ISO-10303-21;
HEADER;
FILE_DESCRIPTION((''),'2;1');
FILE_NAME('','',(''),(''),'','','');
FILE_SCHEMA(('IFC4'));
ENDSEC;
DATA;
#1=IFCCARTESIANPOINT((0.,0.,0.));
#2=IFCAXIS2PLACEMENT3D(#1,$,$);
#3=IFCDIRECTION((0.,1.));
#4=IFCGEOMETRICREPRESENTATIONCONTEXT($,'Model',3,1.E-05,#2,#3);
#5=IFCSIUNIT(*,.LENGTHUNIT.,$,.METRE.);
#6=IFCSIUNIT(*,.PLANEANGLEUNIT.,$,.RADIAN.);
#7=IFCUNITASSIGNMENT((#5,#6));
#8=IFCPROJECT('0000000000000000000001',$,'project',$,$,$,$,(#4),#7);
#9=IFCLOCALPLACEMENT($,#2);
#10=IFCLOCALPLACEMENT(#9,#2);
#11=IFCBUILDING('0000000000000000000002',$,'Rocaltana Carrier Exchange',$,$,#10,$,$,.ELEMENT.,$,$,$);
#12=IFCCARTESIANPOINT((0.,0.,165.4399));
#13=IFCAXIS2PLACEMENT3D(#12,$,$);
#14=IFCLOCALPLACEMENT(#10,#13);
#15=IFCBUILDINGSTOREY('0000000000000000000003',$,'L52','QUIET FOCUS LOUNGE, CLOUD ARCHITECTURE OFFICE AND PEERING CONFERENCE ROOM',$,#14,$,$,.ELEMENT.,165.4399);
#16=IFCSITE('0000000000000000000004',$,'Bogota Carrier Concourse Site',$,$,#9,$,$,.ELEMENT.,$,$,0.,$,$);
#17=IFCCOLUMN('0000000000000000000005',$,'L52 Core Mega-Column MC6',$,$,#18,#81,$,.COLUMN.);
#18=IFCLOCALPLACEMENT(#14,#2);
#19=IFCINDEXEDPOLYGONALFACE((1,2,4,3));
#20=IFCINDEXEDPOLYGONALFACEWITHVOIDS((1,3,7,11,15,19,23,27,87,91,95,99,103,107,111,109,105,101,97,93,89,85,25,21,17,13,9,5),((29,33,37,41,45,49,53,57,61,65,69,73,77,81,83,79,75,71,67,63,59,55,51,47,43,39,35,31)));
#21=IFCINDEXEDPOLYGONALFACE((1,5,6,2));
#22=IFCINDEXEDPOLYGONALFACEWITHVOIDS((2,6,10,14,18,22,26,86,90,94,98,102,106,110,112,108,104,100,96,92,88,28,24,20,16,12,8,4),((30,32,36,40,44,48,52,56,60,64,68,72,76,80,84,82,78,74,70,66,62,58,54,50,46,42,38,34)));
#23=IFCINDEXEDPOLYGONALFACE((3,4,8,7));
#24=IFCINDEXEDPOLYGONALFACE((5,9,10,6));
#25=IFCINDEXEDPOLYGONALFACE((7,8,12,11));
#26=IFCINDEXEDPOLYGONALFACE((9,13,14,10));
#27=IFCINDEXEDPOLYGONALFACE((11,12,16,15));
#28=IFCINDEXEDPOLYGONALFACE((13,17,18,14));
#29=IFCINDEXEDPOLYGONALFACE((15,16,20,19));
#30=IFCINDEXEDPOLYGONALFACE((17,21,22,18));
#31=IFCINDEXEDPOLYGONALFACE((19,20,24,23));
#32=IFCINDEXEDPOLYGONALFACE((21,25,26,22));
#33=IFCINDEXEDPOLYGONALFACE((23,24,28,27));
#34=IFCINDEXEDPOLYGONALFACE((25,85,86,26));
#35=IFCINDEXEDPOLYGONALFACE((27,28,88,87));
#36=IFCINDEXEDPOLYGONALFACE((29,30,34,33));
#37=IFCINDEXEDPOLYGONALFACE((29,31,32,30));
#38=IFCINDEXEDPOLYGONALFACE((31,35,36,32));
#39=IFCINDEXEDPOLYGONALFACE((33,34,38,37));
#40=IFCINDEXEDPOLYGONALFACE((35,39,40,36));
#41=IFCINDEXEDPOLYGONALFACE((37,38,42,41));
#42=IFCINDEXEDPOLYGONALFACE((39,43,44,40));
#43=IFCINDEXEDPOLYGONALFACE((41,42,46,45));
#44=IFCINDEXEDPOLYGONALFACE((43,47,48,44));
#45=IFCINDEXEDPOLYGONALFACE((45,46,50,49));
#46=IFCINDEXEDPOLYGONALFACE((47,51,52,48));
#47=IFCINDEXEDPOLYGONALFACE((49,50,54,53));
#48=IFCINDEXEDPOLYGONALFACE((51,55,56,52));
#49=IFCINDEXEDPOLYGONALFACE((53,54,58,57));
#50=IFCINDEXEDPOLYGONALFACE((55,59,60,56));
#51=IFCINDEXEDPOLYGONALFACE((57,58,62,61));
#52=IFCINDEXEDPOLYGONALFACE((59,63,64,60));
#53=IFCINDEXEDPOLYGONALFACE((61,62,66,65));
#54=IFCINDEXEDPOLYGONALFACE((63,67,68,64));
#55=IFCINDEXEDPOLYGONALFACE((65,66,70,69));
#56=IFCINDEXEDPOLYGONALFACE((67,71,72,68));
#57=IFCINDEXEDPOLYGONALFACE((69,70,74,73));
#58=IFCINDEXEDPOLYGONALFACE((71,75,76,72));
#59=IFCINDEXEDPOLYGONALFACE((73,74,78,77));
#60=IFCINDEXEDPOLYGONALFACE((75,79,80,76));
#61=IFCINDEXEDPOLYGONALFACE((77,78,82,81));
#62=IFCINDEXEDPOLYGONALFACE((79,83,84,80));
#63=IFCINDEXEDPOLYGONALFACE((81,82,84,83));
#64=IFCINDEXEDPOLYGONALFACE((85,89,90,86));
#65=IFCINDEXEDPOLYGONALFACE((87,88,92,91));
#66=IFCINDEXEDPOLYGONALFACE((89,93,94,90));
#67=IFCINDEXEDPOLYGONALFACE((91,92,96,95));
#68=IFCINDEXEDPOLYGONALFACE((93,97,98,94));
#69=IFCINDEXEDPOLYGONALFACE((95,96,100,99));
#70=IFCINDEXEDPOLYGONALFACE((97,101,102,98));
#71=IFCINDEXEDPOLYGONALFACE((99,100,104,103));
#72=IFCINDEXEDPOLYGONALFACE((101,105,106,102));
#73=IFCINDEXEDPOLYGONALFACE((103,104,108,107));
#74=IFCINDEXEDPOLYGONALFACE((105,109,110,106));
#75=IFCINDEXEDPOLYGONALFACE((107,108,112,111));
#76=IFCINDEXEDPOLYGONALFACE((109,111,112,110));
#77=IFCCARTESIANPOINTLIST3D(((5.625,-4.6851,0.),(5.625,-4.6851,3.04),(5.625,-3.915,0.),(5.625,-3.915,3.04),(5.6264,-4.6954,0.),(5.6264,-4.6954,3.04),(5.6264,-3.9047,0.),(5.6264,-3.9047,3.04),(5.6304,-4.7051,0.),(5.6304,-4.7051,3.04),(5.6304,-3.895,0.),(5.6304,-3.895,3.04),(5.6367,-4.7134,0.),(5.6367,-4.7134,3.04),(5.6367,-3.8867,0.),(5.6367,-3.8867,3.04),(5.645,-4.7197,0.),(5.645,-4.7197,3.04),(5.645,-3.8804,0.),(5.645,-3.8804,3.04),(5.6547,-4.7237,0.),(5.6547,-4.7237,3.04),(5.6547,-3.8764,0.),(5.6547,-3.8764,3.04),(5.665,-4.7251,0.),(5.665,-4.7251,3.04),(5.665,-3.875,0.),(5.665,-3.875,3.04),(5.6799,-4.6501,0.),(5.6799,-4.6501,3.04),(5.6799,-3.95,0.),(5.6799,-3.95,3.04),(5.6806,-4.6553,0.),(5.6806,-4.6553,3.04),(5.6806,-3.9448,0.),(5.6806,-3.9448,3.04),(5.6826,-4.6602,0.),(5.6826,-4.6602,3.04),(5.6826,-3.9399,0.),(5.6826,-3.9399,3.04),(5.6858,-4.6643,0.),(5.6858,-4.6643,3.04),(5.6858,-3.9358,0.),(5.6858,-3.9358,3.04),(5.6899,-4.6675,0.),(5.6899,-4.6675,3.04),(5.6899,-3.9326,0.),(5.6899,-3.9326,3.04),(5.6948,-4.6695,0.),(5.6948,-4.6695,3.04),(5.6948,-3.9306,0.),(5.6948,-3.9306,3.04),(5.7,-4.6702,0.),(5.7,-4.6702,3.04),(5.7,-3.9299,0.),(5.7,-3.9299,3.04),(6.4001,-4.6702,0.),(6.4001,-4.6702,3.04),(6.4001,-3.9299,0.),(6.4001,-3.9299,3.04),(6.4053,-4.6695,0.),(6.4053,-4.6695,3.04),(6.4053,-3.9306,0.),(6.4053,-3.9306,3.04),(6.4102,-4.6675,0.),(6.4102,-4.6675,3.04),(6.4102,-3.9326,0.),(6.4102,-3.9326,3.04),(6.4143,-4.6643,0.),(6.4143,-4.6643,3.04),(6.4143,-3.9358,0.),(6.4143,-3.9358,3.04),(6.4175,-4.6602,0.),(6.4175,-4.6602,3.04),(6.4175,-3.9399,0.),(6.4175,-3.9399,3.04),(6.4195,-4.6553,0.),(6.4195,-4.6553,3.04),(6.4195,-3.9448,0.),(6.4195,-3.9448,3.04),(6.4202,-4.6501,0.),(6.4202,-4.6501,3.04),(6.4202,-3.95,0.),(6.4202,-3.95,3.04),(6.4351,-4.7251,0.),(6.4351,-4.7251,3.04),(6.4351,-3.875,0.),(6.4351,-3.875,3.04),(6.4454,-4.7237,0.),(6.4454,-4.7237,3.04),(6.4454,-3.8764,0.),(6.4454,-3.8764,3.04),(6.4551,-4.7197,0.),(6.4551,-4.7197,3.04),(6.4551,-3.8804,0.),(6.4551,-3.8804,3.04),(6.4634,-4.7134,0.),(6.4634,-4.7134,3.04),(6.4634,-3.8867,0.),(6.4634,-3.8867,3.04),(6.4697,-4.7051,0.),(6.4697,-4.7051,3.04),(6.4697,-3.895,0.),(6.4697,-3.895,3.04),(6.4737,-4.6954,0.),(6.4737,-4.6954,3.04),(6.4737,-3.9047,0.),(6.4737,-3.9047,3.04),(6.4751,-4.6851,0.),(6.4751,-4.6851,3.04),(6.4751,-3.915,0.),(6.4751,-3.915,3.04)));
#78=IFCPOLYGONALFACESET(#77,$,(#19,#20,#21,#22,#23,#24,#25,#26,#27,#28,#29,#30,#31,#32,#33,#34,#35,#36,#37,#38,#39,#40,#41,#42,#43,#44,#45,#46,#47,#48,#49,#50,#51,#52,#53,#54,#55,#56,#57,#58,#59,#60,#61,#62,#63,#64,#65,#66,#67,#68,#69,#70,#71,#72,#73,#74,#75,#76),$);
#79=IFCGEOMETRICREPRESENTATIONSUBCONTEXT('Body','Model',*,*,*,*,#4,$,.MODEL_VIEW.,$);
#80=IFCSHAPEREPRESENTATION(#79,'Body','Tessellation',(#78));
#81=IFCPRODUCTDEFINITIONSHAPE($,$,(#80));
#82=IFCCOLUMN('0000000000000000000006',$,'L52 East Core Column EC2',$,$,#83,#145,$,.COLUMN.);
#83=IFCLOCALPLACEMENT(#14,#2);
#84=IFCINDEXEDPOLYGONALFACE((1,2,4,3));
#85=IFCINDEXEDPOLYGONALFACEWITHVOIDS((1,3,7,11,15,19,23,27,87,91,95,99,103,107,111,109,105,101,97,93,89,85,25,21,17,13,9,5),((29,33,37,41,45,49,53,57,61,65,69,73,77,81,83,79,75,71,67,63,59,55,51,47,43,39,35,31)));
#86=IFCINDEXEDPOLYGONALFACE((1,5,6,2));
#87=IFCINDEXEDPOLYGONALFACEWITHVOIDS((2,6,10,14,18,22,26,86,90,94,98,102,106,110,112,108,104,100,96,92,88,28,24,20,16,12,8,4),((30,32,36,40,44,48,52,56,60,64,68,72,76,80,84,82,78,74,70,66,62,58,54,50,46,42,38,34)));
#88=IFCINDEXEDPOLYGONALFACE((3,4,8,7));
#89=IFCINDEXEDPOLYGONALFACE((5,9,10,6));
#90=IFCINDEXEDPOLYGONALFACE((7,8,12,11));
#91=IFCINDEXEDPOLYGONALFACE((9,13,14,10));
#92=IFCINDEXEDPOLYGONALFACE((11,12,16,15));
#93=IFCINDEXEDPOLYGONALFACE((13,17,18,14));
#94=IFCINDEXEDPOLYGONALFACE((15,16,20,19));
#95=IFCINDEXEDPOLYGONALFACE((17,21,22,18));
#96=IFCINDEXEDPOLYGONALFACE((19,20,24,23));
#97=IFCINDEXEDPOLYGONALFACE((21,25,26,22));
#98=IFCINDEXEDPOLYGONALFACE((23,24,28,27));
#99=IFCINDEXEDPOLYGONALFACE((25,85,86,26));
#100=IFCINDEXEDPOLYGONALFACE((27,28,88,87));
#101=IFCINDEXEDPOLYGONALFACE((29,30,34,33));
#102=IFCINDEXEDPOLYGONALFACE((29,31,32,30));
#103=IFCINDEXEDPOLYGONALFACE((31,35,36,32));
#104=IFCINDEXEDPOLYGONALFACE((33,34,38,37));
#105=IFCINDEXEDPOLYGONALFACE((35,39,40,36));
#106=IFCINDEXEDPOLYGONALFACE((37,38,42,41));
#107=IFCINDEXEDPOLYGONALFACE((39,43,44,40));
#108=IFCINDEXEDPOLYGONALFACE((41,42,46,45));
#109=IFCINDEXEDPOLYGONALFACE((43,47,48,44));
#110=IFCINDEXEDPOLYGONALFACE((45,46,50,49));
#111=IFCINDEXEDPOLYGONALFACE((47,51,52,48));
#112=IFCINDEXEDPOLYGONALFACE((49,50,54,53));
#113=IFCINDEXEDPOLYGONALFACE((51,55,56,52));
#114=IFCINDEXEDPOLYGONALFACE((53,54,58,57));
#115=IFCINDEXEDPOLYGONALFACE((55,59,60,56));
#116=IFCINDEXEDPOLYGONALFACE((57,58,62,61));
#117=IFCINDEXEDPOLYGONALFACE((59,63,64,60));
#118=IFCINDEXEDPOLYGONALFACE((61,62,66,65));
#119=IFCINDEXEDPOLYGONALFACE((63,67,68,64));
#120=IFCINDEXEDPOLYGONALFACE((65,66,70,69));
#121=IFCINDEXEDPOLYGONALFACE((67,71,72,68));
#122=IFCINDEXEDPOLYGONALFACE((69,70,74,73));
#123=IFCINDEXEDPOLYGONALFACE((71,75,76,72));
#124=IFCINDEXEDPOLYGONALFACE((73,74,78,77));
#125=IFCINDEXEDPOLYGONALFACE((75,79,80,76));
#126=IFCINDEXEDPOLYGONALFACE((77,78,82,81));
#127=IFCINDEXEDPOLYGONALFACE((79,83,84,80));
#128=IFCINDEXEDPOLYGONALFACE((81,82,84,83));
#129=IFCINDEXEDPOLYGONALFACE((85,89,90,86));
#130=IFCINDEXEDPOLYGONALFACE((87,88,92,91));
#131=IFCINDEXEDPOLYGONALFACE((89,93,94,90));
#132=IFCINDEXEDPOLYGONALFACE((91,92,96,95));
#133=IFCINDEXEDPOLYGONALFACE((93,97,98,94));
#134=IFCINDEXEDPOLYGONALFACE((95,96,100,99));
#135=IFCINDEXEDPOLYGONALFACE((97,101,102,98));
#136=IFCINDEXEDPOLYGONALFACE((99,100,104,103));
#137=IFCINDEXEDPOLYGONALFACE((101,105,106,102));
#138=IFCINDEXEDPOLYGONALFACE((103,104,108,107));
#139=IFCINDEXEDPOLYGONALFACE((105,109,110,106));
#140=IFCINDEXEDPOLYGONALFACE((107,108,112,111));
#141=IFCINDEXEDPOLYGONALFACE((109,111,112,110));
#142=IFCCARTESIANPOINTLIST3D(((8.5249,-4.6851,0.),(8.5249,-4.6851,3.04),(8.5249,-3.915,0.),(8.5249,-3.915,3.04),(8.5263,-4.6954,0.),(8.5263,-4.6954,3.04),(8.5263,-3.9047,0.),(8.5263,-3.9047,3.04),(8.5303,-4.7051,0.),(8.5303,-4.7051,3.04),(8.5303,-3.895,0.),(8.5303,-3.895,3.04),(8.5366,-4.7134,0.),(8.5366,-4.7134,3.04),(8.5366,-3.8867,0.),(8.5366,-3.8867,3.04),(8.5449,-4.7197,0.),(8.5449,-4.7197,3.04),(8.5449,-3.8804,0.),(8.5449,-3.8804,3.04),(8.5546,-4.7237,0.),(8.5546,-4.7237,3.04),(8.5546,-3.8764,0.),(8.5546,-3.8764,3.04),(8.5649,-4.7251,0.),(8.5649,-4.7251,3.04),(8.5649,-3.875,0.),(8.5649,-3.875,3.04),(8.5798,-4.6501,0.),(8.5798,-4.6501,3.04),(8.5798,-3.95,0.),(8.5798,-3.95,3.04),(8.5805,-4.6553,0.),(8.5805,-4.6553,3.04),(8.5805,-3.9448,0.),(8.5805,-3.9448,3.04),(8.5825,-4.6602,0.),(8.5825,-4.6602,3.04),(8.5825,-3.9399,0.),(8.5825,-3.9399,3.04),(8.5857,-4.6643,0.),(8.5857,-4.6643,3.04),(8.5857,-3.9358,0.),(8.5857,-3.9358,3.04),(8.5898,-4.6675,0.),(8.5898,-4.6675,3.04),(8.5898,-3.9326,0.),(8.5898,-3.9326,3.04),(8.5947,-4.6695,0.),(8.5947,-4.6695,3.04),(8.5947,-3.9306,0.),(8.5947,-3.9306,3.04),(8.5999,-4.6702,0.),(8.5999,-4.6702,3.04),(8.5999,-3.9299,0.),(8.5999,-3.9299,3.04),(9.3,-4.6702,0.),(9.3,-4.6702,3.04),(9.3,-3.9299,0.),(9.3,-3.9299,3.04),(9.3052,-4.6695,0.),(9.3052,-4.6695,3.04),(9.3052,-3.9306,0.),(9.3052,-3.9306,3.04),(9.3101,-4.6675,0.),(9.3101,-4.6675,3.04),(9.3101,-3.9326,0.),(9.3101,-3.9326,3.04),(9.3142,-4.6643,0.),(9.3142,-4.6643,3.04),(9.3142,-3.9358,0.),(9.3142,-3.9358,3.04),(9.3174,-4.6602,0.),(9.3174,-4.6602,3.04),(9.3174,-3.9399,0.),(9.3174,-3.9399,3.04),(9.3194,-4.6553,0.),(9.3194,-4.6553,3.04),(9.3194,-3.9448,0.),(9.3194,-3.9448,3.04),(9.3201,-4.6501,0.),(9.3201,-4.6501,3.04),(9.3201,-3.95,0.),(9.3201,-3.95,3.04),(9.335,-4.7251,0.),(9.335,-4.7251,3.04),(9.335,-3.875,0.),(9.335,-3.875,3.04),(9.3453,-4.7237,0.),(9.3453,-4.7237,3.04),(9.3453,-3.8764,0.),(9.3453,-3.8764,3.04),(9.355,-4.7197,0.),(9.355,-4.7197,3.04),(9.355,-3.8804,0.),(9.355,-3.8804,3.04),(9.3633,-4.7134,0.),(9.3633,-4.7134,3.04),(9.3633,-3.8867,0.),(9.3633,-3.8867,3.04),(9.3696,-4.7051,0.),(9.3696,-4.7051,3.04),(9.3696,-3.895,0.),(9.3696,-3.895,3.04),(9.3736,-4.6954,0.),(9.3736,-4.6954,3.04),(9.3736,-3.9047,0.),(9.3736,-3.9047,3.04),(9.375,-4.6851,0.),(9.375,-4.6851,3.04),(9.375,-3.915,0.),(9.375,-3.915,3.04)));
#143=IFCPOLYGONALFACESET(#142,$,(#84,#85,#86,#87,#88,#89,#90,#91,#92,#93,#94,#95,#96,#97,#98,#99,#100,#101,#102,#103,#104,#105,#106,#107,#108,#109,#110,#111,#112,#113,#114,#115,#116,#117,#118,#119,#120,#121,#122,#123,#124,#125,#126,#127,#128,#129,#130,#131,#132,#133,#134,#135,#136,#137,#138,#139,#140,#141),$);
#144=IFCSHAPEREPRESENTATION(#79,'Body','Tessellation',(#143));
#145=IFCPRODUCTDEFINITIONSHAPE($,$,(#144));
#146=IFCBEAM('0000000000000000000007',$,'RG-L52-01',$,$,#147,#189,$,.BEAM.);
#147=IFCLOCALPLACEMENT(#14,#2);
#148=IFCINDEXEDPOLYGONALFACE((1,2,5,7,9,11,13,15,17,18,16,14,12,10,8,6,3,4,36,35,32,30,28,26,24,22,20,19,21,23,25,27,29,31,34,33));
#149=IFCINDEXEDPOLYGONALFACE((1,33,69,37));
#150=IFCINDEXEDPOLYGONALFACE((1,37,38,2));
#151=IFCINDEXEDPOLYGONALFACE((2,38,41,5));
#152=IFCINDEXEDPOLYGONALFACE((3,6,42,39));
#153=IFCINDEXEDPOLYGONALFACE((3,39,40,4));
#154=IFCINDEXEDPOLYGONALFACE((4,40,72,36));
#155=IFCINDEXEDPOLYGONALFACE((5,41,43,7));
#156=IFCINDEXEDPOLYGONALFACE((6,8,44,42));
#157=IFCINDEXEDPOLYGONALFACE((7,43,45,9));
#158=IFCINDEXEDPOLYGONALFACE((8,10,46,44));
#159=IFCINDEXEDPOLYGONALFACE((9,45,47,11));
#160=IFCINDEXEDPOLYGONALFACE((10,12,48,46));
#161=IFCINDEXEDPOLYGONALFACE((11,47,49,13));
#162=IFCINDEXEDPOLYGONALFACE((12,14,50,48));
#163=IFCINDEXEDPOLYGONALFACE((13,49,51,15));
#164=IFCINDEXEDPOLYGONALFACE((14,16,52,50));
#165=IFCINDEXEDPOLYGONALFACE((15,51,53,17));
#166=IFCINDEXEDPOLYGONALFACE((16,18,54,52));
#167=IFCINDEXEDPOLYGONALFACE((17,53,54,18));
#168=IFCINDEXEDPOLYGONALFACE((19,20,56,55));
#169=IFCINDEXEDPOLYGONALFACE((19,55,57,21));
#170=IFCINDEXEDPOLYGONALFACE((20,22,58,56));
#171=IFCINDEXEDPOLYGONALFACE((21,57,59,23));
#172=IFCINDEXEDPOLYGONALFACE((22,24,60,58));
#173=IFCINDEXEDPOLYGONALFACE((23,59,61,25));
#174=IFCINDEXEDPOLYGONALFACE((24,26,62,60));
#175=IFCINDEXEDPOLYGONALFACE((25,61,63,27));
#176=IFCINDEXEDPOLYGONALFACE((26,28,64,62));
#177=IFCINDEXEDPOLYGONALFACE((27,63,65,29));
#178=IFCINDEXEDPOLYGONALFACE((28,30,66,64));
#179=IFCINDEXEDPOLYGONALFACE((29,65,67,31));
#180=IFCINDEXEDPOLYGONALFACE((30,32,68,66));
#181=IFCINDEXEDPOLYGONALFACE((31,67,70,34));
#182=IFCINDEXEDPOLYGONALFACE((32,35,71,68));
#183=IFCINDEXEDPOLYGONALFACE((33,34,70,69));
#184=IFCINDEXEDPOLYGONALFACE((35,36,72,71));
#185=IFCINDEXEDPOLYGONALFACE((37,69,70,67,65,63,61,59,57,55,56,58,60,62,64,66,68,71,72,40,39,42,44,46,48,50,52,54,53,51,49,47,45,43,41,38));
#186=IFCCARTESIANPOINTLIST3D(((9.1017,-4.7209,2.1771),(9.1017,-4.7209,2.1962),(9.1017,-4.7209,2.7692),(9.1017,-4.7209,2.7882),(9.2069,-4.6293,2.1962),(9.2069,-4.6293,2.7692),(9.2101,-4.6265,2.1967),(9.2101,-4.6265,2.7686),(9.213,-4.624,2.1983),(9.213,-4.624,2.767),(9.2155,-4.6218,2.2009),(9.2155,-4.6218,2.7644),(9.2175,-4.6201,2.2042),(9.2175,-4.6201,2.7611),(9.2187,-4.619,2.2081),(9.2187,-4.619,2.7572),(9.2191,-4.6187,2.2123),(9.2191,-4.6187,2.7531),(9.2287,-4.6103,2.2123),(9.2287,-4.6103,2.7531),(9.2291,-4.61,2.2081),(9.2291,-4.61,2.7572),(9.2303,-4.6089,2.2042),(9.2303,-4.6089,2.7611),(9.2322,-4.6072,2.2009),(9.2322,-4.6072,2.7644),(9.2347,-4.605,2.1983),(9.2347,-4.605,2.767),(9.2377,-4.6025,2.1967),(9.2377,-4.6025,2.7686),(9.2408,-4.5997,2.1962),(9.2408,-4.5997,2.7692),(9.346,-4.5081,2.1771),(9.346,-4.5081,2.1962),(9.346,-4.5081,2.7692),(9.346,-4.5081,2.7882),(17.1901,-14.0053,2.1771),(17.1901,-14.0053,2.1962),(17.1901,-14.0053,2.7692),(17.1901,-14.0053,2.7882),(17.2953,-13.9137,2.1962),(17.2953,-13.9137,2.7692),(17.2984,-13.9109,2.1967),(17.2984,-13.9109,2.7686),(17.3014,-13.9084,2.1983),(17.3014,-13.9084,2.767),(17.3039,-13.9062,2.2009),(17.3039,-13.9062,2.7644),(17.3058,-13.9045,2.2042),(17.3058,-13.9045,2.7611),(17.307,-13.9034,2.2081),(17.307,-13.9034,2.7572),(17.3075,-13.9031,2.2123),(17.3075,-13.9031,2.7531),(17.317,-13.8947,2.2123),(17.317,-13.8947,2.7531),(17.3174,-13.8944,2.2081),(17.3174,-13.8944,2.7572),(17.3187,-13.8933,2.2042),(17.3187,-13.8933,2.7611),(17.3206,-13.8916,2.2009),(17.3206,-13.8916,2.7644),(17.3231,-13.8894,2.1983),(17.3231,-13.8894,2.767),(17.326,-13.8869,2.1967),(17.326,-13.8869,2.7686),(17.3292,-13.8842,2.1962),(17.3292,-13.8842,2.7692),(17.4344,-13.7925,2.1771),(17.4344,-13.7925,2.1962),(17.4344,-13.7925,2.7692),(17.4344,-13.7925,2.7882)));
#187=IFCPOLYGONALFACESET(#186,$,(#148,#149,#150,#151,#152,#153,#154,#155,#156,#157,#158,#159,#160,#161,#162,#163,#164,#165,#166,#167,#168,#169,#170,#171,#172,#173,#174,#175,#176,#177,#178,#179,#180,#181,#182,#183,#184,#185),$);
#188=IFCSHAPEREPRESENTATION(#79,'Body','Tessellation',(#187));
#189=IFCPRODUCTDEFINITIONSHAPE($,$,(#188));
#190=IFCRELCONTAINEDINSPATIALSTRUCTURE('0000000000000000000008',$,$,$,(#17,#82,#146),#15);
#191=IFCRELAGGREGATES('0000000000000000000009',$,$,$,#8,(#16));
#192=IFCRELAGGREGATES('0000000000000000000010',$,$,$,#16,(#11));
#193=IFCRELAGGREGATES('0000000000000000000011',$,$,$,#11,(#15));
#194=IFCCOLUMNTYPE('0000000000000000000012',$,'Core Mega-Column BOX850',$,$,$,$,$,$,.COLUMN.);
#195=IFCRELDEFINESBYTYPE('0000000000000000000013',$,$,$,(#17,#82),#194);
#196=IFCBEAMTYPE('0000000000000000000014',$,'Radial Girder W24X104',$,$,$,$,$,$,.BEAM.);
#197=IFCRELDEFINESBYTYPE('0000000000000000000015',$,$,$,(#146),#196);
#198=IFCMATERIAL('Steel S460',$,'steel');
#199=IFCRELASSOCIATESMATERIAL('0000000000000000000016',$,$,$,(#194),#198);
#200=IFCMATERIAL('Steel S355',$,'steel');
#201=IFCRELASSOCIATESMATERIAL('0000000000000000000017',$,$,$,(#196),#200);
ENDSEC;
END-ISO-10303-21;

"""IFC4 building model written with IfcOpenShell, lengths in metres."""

from ifc_helpers import new_model, si_unit, direction, frame, origin, origin_2d, place, context, subcontext, project, spatial, hollow_rectangle, i_section, extrude, material, material_profile, profile_set, type_object, element, save


model = new_model("IFC4")

# Units and contexts
model_context = context("Model", 3, precision=1e-05, world=origin(), true_north=direction((0.0, 1.0)))
body_context = subcontext(model_context, "Body", "Model", "MODEL_VIEW")
ifc_project = project(units=[si_unit("LENGTHUNIT", "METRE"), si_unit("PLANEANGLEUNIT", "RADIAN")], contexts=[model_context])

# Site, building, storey
site_placement = place(None, origin())
site = spatial("IfcSite", under=ifc_project, at=site_placement, Name="Bogota Carrier Concourse Site", CompositionType="ELEMENT", RefElevation=0.0)
building_placement = place(site_placement, origin())
building = spatial("IfcBuilding", under=site, at=building_placement, Name="Rocaltana Carrier Exchange", CompositionType="ELEMENT")
storey_placement = place(building_placement, frame((0.0, 0.0, 165.4399)))
storey = spatial("IfcBuildingStorey", under=building, at=storey_placement, Name="L52", Description="QUIET FOCUS LOUNGE, CLOUD ARCHITECTURE OFFICE AND PEERING CONFERENCE ROOM", CompositionType="ELEMENT", Elevation=165.4399)

# Columns
ifc_material_1 = material(Name="Steel S460", Category="steel")
ifc_material_profile_1 = material_profile(ifc_material_1, hollow_rectangle(XDim=0.8501, YDim=0.8501, WallThickness=0.0549, InnerFilletRadius=0.02, OuterFilletRadius=0.04, at=origin_2d()), Name="BOX850X850X55")
ifc_profile_set_1 = profile_set([ifc_material_profile_1], Name="Steel S460")
column_type = type_object("IfcColumnType", Name="Core Mega-Column BOX850", PredefinedType="COLUMN", material=ifc_profile_set_1)
for number, where, z_axis, x_axis, name in (
    (1, (6.05, -4.3, 0.0), (0.0, 0.0, 1.0), (1.0, 0.0, 0.0), "L52 Core Mega-Column MC6"),
    (2, (8.95, -4.3, 0.0), (0.0, 0.0, 1.0), (1.0, 0.0, 0.0), "L52 East Core Column EC2"),
):
    element("IfcColumn", number, at=place(storey_placement, frame(where, z_axis=z_axis, x_axis=x_axis)), inside=storey, type_object=column_type, Name=name, PredefinedType="COLUMN", context=body_context, shape_type="SweptSolid", body=[
        extrude(hollow_rectangle(XDim=0.8501, YDim=0.8501, WallThickness=0.0549, InnerFilletRadius=0.02, OuterFilletRadius=0.04, at=origin_2d()), origin(), (0.0, 0.0, 1.0), 3.04),
    ])

# Beam
ifc_material_2 = material(Name="Steel S355", Category="steel")
ifc_material_profile_2 = material_profile(ifc_material_2, i_section(OverallWidth=0.324, OverallDepth=0.6111, WebThickness=0.0127, FlangeThickness=0.019, FilletRadius=0.0161, at=origin_2d()), Name="W24X104")
ifc_profile_set_2 = profile_set([ifc_material_profile_2], Name="Steel S355")
beam_type = type_object("IfcBeamType", Name="Radial Girder W24X104", PredefinedType="BEAM", material=ifc_profile_set_2)
beam_1_placement = place(storey_placement, frame((9.2239, -4.6145, 2.4827), z_axis=(0.656871, -0.754003, 0.0), x_axis=(0.754003, 0.656871, 0.0)))
element("IfcBeam", 3, at=beam_1_placement, inside=storey, type_object=beam_type, Name="RG-L52-01", PredefinedType="BEAM", context=body_context, shape_type="SweptSolid", body=[
    extrude(i_section(OverallWidth=0.324, OverallDepth=0.6111, WebThickness=0.0127, FlangeThickness=0.019, FilletRadius=0.0161, at=origin_2d()), origin(), (0.0, 0.0, 1.0), 12.3135),
])

save(model, "model.ifc")
